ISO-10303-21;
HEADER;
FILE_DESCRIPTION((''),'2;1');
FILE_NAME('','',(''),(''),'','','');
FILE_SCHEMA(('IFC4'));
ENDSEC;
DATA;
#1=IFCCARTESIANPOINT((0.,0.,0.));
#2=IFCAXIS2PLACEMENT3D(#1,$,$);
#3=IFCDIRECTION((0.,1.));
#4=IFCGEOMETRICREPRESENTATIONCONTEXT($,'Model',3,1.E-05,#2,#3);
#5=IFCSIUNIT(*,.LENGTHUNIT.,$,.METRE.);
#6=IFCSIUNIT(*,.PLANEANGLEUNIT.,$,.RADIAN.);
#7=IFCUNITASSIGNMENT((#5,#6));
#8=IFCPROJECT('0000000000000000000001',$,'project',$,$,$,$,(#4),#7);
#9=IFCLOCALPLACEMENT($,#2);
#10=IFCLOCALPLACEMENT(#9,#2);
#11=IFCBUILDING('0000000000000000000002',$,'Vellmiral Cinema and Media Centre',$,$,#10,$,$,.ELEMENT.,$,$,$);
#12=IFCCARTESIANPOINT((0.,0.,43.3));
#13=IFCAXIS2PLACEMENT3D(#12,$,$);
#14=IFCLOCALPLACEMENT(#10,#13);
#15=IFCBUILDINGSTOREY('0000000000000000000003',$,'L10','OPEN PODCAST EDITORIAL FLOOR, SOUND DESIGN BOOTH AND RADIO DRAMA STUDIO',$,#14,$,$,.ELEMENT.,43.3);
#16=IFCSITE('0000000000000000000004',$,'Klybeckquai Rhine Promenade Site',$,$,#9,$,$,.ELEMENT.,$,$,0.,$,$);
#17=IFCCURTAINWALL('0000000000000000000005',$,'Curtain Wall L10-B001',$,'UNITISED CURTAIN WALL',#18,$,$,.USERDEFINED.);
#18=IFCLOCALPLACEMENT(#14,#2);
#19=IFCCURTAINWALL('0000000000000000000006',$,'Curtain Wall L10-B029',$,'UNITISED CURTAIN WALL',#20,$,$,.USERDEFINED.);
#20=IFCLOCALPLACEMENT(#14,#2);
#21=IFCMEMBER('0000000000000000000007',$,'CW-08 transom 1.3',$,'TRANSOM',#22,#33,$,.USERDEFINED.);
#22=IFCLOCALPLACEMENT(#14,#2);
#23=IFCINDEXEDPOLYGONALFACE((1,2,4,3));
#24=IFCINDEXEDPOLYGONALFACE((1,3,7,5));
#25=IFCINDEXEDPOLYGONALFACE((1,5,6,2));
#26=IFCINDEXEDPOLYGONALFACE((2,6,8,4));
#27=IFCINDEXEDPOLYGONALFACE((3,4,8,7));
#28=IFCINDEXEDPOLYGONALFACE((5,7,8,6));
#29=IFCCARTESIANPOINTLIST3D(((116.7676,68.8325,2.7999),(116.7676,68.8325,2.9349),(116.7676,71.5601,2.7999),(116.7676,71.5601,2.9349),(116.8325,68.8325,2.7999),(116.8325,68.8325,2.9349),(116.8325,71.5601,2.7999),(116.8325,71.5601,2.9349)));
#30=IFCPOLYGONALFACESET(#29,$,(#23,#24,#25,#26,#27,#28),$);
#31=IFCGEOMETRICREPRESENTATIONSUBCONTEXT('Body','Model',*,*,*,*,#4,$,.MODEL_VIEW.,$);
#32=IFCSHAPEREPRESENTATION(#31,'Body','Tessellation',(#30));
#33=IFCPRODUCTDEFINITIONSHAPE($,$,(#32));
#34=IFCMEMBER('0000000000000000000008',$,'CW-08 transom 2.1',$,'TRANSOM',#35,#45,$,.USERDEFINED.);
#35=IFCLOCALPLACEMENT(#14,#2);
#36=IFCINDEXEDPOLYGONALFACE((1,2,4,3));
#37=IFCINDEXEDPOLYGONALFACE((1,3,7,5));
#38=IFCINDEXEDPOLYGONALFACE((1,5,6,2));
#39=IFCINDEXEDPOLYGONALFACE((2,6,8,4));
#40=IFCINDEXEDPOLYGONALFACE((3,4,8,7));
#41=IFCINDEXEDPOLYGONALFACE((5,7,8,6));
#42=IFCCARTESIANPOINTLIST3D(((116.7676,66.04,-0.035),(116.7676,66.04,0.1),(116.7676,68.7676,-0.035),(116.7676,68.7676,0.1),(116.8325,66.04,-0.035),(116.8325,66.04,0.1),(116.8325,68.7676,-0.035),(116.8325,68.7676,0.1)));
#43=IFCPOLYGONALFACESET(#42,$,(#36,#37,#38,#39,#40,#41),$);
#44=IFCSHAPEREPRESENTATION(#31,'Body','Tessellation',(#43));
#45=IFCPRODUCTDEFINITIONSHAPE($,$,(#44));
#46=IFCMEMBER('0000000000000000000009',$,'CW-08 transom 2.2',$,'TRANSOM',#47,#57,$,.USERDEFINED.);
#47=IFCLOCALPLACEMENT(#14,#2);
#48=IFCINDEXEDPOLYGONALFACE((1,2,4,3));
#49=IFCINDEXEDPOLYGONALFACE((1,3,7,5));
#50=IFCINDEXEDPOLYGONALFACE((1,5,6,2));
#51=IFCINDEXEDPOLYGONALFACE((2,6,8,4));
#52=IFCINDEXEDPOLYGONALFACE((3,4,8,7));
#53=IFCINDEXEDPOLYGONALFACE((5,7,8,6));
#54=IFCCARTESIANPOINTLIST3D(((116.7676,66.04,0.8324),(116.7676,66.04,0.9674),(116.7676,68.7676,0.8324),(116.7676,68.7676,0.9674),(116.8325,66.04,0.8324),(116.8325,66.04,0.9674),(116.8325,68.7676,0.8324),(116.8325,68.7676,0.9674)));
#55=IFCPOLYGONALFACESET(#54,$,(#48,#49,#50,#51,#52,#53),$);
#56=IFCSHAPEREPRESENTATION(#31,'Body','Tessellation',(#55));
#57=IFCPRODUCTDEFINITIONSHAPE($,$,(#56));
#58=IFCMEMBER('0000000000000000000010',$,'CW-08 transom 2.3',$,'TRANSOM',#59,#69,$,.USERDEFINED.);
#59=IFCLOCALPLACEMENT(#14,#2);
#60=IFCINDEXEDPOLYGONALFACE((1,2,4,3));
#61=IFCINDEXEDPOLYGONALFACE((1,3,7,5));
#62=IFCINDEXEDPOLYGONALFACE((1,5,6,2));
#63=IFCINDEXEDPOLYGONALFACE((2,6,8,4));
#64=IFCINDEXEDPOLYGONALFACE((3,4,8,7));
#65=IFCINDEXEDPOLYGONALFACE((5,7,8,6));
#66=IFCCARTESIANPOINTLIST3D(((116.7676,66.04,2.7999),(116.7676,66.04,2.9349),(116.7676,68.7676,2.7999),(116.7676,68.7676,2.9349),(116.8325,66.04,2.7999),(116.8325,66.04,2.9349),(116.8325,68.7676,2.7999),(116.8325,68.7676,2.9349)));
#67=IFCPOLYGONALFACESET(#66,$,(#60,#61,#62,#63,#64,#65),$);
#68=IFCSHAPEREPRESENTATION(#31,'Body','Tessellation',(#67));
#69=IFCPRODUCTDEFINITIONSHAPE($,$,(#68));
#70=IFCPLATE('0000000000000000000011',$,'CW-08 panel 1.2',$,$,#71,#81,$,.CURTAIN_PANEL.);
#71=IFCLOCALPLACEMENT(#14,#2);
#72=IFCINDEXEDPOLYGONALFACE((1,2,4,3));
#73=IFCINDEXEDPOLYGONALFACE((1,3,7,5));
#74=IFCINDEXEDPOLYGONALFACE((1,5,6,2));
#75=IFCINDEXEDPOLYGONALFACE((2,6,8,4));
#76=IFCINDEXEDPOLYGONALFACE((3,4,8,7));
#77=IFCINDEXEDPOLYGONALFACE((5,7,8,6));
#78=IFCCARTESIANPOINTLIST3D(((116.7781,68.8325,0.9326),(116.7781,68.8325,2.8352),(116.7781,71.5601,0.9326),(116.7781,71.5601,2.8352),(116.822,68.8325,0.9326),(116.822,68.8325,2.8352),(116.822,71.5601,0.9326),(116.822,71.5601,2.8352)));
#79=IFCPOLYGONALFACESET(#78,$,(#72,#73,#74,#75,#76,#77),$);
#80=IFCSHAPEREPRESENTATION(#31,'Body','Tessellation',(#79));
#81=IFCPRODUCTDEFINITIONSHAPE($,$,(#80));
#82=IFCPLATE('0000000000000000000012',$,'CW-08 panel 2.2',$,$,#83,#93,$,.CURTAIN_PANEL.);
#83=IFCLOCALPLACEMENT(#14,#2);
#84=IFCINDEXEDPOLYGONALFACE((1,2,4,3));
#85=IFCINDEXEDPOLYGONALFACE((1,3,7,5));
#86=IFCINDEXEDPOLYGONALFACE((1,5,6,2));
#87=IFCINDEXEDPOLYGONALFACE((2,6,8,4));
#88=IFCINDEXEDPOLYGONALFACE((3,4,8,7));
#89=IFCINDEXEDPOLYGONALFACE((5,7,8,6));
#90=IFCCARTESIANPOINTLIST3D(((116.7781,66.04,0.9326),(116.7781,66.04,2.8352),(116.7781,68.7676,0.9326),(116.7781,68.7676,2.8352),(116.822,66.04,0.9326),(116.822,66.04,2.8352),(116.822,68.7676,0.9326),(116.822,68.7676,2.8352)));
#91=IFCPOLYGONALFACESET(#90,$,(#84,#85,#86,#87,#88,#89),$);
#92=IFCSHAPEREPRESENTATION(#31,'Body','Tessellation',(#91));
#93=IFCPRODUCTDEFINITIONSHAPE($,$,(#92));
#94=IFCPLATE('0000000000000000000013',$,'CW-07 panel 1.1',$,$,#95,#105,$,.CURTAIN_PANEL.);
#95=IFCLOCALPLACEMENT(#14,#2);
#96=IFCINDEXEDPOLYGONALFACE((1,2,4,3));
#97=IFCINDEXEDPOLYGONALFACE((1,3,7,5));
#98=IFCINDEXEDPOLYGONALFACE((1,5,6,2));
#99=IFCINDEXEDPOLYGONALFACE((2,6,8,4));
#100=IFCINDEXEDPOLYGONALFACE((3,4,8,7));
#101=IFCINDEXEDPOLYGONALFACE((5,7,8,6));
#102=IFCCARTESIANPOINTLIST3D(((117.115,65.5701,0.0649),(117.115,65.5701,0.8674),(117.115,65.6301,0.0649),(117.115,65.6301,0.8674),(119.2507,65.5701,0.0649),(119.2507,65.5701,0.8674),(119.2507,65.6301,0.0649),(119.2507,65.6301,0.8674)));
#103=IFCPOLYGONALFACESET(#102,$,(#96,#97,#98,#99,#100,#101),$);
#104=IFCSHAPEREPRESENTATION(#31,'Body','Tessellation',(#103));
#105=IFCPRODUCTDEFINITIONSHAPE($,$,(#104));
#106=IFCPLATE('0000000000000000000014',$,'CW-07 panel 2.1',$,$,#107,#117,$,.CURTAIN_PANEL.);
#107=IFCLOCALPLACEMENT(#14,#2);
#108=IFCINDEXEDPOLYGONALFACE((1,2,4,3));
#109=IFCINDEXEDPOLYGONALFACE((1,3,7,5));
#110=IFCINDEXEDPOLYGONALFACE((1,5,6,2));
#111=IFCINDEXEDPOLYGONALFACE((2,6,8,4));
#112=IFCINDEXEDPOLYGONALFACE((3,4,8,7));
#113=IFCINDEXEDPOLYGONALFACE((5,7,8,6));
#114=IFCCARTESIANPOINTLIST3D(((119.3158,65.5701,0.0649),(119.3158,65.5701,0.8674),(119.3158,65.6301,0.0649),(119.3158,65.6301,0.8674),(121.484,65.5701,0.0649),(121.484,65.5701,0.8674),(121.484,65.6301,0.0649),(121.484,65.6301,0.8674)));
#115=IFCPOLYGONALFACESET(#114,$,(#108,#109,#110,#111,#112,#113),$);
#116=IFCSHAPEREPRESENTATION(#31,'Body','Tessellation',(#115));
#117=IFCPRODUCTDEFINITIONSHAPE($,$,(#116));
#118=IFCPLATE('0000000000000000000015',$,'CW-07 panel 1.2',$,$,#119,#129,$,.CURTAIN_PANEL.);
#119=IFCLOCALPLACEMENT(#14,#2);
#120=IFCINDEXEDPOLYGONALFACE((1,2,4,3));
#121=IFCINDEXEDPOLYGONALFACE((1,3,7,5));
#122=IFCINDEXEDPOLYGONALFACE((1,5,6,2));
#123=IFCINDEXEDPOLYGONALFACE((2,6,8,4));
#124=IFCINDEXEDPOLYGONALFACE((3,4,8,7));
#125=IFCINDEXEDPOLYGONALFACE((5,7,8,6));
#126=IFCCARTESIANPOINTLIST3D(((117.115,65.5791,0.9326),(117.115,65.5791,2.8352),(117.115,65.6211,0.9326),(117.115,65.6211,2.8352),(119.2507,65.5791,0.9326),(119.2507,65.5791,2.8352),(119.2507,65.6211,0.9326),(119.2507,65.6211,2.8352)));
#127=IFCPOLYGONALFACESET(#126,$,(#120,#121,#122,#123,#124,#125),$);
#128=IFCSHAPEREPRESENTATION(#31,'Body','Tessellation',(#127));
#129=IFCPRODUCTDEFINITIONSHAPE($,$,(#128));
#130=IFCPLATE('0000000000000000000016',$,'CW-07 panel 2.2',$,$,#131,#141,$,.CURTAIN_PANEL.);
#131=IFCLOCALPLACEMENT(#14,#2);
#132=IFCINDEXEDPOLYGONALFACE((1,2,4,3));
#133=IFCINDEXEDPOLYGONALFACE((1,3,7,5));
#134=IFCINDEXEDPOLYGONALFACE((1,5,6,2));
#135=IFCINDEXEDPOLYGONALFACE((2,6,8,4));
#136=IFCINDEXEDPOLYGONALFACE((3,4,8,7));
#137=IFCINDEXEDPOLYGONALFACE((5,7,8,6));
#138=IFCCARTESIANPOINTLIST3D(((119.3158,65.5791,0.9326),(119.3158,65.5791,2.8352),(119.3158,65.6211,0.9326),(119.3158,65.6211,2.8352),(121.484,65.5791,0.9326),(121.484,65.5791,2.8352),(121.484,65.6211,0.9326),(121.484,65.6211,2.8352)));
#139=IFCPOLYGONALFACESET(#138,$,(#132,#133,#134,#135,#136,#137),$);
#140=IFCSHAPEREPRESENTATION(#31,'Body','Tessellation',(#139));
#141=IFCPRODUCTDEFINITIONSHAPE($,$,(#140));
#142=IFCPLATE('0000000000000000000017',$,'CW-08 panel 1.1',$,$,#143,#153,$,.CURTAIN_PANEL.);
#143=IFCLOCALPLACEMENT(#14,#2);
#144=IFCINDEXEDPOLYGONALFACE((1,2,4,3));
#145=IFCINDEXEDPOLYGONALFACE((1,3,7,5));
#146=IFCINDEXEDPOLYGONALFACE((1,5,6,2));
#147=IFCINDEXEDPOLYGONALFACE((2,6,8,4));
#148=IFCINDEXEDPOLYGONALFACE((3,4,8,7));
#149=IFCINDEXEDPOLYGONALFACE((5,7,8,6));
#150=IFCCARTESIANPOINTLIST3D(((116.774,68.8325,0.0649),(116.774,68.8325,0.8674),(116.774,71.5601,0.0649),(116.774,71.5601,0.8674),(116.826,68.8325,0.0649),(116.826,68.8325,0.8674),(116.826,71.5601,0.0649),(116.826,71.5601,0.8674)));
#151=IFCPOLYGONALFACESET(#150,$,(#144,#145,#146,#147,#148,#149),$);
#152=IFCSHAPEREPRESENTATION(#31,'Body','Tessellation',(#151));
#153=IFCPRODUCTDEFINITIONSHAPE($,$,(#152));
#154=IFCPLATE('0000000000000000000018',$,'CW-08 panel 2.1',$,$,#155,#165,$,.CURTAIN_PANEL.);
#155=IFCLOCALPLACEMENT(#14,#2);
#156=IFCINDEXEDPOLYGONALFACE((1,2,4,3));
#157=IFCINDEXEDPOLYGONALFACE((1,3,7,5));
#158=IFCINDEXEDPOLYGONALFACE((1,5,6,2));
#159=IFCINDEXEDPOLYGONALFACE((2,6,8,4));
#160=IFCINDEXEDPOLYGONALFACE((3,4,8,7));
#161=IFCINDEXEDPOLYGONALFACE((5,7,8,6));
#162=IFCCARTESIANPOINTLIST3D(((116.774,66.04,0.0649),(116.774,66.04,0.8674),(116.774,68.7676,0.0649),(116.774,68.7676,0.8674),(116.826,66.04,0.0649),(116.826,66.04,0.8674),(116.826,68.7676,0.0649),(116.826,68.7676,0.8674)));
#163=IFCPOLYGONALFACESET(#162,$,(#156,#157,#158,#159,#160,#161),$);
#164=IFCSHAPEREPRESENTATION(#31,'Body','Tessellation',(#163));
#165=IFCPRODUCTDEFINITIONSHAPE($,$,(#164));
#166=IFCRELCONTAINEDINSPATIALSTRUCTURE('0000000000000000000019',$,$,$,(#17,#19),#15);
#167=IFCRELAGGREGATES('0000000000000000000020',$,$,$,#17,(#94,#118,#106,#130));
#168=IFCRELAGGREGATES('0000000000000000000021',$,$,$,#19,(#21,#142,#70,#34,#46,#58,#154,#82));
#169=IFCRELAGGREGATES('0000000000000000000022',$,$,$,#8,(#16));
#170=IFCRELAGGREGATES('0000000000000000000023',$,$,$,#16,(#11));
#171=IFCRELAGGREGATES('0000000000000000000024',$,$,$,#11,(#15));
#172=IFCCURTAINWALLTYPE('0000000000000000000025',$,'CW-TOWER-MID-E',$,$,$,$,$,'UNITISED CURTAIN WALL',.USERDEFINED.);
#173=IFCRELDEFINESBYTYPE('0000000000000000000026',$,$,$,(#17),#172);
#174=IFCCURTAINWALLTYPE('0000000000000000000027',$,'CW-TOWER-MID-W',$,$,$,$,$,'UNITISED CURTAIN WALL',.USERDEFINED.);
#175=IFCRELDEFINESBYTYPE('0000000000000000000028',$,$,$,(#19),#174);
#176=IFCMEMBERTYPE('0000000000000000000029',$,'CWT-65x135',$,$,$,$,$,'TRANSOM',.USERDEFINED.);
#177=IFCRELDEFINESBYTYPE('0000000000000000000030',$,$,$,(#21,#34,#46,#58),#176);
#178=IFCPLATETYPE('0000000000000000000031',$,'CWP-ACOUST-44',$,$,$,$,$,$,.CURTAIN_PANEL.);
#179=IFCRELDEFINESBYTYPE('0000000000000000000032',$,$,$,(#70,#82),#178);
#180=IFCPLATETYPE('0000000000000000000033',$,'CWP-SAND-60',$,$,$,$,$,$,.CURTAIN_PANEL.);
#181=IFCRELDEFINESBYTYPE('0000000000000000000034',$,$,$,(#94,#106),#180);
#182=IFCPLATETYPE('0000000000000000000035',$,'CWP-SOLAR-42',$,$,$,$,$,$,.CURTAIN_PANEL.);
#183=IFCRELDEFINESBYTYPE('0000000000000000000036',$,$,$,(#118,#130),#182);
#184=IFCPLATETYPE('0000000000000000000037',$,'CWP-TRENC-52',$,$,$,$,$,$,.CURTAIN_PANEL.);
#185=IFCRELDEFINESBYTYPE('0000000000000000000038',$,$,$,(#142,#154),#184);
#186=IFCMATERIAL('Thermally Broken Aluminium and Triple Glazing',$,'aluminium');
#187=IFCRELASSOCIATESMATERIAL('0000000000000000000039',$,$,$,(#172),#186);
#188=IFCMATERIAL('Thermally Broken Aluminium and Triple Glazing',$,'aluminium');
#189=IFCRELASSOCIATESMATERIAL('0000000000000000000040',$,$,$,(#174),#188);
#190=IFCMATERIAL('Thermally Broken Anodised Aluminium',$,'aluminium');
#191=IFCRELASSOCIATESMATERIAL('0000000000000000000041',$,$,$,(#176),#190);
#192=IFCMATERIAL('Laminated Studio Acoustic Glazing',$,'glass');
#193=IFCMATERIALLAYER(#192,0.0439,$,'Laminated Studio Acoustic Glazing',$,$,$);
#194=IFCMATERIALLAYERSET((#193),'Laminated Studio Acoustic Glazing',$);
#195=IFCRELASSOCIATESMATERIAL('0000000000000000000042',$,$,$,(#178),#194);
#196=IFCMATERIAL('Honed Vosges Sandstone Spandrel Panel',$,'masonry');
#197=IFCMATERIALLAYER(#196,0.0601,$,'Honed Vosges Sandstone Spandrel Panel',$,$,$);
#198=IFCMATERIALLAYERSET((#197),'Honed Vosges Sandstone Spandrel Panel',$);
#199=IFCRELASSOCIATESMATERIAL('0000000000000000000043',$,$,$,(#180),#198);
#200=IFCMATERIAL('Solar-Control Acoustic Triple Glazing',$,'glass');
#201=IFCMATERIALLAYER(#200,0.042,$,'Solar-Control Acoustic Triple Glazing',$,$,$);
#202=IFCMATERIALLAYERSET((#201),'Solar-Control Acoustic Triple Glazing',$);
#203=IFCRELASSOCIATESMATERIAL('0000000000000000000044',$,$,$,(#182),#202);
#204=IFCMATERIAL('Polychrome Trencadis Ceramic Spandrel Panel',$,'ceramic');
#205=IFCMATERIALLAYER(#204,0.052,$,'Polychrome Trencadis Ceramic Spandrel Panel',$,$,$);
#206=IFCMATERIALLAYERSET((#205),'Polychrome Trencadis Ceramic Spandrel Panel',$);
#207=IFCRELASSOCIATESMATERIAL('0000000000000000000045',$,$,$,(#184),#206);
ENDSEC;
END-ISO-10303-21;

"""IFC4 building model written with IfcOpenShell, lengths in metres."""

from ifc_helpers import new_model, si_unit, direction, frame, origin, origin_2d, place, context, subcontext, project, spatial, rectangle, extrude, material, layer, layer_set, material_profile, profile_set, type_object, element, aggregate, save


model = new_model("IFC4")

# Units and contexts
model_context = context("Model", 3, precision=1e-05, world=origin(), true_north=direction((0.0, 1.0)))
body_context = subcontext(model_context, "Body", "Model", "MODEL_VIEW")
ifc_project = project(units=[si_unit("LENGTHUNIT", "METRE"), si_unit("PLANEANGLEUNIT", "RADIAN")], contexts=[model_context])

# Site, building, storey
site_placement = place(None, origin())
site = spatial("IfcSite", under=ifc_project, at=site_placement, Name="Klybeckquai Rhine Promenade Site", CompositionType="ELEMENT", RefElevation=0.0)
building_placement = place(site_placement, origin())
building = spatial("IfcBuilding", under=site, at=building_placement, Name="Vellmiral Cinema and Media Centre", CompositionType="ELEMENT")
storey_placement = place(building_placement, frame((0.0, 0.0, 43.3)))
storey = spatial("IfcBuildingStorey", under=building, at=storey_placement, Name="L10", Description="OPEN PODCAST EDITORIAL FLOOR, SOUND DESIGN BOOTH AND RADIO DRAMA STUDIO", CompositionType="ELEMENT", Elevation=43.3)

# Curtain walls
ifc_material_1 = material(Name="Thermally Broken Aluminium and Triple Glazing", Category="aluminium")
curtain_wall_type_1 = type_object("IfcCurtainWallType", Name="CW-TOWER-MID-E", ElementType="UNITISED CURTAIN WALL", PredefinedType="USERDEFINED", material=ifc_material_1)
curtain_wall_1_placement = place(storey_placement, origin())
curtain_wall_1 = element("IfcCurtainWall", 1, at=curtain_wall_1_placement, inside=storey, type_object=curtain_wall_type_1, Name="Curtain Wall L10-B001", ObjectType="UNITISED CURTAIN WALL", PredefinedType="USERDEFINED")
ifc_material_2 = material(Name="Thermally Broken Aluminium and Triple Glazing", Category="aluminium")
curtain_wall_type_2 = type_object("IfcCurtainWallType", Name="CW-TOWER-MID-W", ElementType="UNITISED CURTAIN WALL", PredefinedType="USERDEFINED", material=ifc_material_2)
curtain_wall_2_placement = place(storey_placement, origin())
curtain_wall_2 = element("IfcCurtainWall", 2, at=curtain_wall_2_placement, inside=storey, type_object=curtain_wall_type_2, Name="Curtain Wall L10-B029", ObjectType="UNITISED CURTAIN WALL", PredefinedType="USERDEFINED")

# Members
ifc_material_3 = material(Name="Thermally Broken Anodised Aluminium", Category="aluminium")
ifc_material_profile_1 = material_profile(ifc_material_3, rectangle(XDim=0.0649, YDim=0.135, at=origin_2d()), Name="MULL 65x135")
ifc_profile_set_1 = profile_set([ifc_material_profile_1], Name="Thermally Broken Anodised Aluminium")
member_type_1 = type_object("IfcMemberType", Name="CWT-65x135", ElementType="TRANSOM", PredefinedType="USERDEFINED", material=ifc_profile_set_1)
member_1_placement = place(storey_placement, frame((116.8, 71.5601, 2.8674), z_axis=(0.0, -1.0, 0.0), x_axis=(1.0, 0.0, 0.0)))
member_1 = element("IfcMember", 3, at=member_1_placement, type_object=member_type_1, Name="CW-08 transom 1.3", ObjectType="TRANSOM", PredefinedType="USERDEFINED", context=body_context, shape_type="SweptSolid", body=[
    extrude(rectangle(XDim=0.0649, YDim=0.135, at=origin_2d()), origin(), (0.0, 0.0, 1.0), 2.7275),
])
member_2_placement = place(storey_placement, frame((116.8, 68.7676, 0.0325), z_axis=(0.0, -1.0, 0.0), x_axis=(1.0, 0.0, 0.0)))
member_2 = element("IfcMember", 4, at=member_2_placement, type_object=member_type_1, Name="CW-08 transom 2.1", ObjectType="TRANSOM", PredefinedType="USERDEFINED", context=body_context, shape_type="SweptSolid", body=[
    extrude(rectangle(XDim=0.0649, YDim=0.135, at=origin_2d()), origin(), (0.0, 0.0, 1.0), 2.7275),
])
member_3_placement = place(storey_placement, frame((116.8, 68.7676, 0.8999), z_axis=(0.0, -1.0, 0.0), x_axis=(1.0, 0.0, 0.0)))
member_3 = element("IfcMember", 5, at=member_3_placement, type_object=member_type_1, Name="CW-08 transom 2.2", ObjectType="TRANSOM", PredefinedType="USERDEFINED", context=body_context, shape_type="SweptSolid", body=[
    extrude(rectangle(XDim=0.0649, YDim=0.135, at=origin_2d()), origin(), (0.0, 0.0, 1.0), 2.7275),
])
member_4_placement = place(storey_placement, frame((116.8, 68.7676, 2.8674), z_axis=(0.0, -1.0, 0.0), x_axis=(1.0, 0.0, 0.0)))
member_4 = element("IfcMember", 6, at=member_4_placement, type_object=member_type_1, Name="CW-08 transom 2.3", ObjectType="TRANSOM", PredefinedType="USERDEFINED", context=body_context, shape_type="SweptSolid", body=[
    extrude(rectangle(XDim=0.0649, YDim=0.135, at=origin_2d()), origin(), (0.0, 0.0, 1.0), 2.7275),
])

# Plates
ifc_material_4 = material(Name="Laminated Studio Acoustic Glazing", Category="glass")
ifc_layer_1 = layer(ifc_material_4, 0.0439, Name="Laminated Studio Acoustic Glazing")
ifc_layer_set_1 = layer_set([ifc_layer_1], Name="Laminated Studio Acoustic Glazing")
plate_type_1 = type_object("IfcPlateType", Name="CWP-ACOUST-44", PredefinedType="CURTAIN_PANEL", material=ifc_layer_set_1)
plate_1_placement = place(storey_placement, frame((116.8, 70.1963, 0.9326), z_axis=(0.0, 0.0, 1.0), x_axis=(0.0, -1.0, 0.0)))
plate_1 = element("IfcPlate", 7, at=plate_1_placement, type_object=plate_type_1, Name="CW-08 panel 1.2", PredefinedType="CURTAIN_PANEL", context=body_context, shape_type="SweptSolid", body=[
    extrude(rectangle(XDim=2.7275, YDim=0.0439, at=origin_2d()), origin(), (0.0, 0.0, 1.0), 1.9026),
])
plate_2_placement = place(storey_placement, frame((116.8, 67.4038, 0.9326), z_axis=(0.0, 0.0, 1.0), x_axis=(0.0, -1.0, 0.0)))
plate_2 = element("IfcPlate", 8, at=plate_2_placement, type_object=plate_type_1, Name="CW-08 panel 2.2", PredefinedType="CURTAIN_PANEL", context=body_context, shape_type="SweptSolid", body=[
    extrude(rectangle(XDim=2.7275, YDim=0.0439, at=origin_2d()), origin(), (0.0, 0.0, 1.0), 1.9026),
])
ifc_material_5 = material(Name="Honed Vosges Sandstone Spandrel Panel", Category="masonry")
ifc_layer_2 = layer(ifc_material_5, 0.0601, Name="Honed Vosges Sandstone Spandrel Panel")
ifc_layer_set_2 = layer_set([ifc_layer_2], Name="Honed Vosges Sandstone Spandrel Panel")
plate_type_2 = type_object("IfcPlateType", Name="CWP-SAND-60", PredefinedType="CURTAIN_PANEL", material=ifc_layer_set_2)
plate_3_placement = place(storey_placement, frame((118.1829, 65.6001, 0.0649), z_axis=(0.0, 0.0, 1.0), x_axis=(1.0, 0.0, 0.0)))
plate_3 = element("IfcPlate", 9, at=plate_3_placement, type_object=plate_type_2, Name="CW-07 panel 1.1", PredefinedType="CURTAIN_PANEL", context=body_context, shape_type="SweptSolid", body=[
    extrude(rectangle(XDim=2.1357, YDim=0.0601, at=origin_2d()), origin(), (0.0, 0.0, 1.0), 0.8025),
])
plate_4_placement = place(storey_placement, frame((120.3999, 65.6001, 0.0649), z_axis=(0.0, 0.0, 1.0), x_axis=(1.0, 0.0, 0.0)))
plate_4 = element("IfcPlate", 10, at=plate_4_placement, type_object=plate_type_2, Name="CW-07 panel 2.1", PredefinedType="CURTAIN_PANEL", context=body_context, shape_type="SweptSolid", body=[
    extrude(rectangle(XDim=2.1682, YDim=0.0601, at=origin_2d()), origin(), (0.0, 0.0, 1.0), 0.8025),
])
ifc_material_6 = material(Name="Solar-Control Acoustic Triple Glazing", Category="glass")
ifc_layer_3 = layer(ifc_material_6, 0.042, Name="Solar-Control Acoustic Triple Glazing")
ifc_layer_set_3 = layer_set([ifc_layer_3], Name="Solar-Control Acoustic Triple Glazing")
plate_type_3 = type_object("IfcPlateType", Name="CWP-SOLAR-42", PredefinedType="CURTAIN_PANEL", material=ifc_layer_set_3)
plate_5_placement = place(storey_placement, frame((118.1829, 65.6001, 0.9326), z_axis=(0.0, 0.0, 1.0), x_axis=(1.0, 0.0, 0.0)))
plate_5 = element("IfcPlate", 11, at=plate_5_placement, type_object=plate_type_3, Name="CW-07 panel 1.2", PredefinedType="CURTAIN_PANEL", context=body_context, shape_type="SweptSolid", body=[
    extrude(rectangle(XDim=2.1357, YDim=0.042, at=origin_2d()), origin(), (0.0, 0.0, 1.0), 1.9026),
])
plate_6_placement = place(storey_placement, frame((120.3999, 65.6001, 0.9326), z_axis=(0.0, 0.0, 1.0), x_axis=(1.0, 0.0, 0.0)))
plate_6 = element("IfcPlate", 12, at=plate_6_placement, type_object=plate_type_3, Name="CW-07 panel 2.2", PredefinedType="CURTAIN_PANEL", context=body_context, shape_type="SweptSolid", body=[
    extrude(rectangle(XDim=2.1682, YDim=0.042, at=origin_2d()), origin(), (0.0, 0.0, 1.0), 1.9026),
])
aggregate(curtain_wall_1, [plate_3, plate_5, plate_4, plate_6])
ifc_material_7 = material(Name="Polychrome Trencadis Ceramic Spandrel Panel", Category="ceramic")
ifc_layer_4 = layer(ifc_material_7, 0.052, Name="Polychrome Trencadis Ceramic Spandrel Panel")
ifc_layer_set_4 = layer_set([ifc_layer_4], Name="Polychrome Trencadis Ceramic Spandrel Panel")
plate_type_4 = type_object("IfcPlateType", Name="CWP-TRENC-52", PredefinedType="CURTAIN_PANEL", material=ifc_layer_set_4)
plate_7_placement = place(storey_placement, frame((116.8, 70.1963, 0.0649), z_axis=(0.0, 0.0, 1.0), x_axis=(0.0, -1.0, 0.0)))
plate_7 = element("IfcPlate", 13, at=plate_7_placement, type_object=plate_type_4, Name="CW-08 panel 1.1", PredefinedType="CURTAIN_PANEL", context=body_context, shape_type="SweptSolid", body=[
    extrude(rectangle(XDim=2.7275, YDim=0.052, at=origin_2d()), origin(), (0.0, 0.0, 1.0), 0.8025),
])
plate_8_placement = place(storey_placement, frame((116.8, 67.4038, 0.0649), z_axis=(0.0, 0.0, 1.0), x_axis=(0.0, -1.0, 0.0)))
plate_8 = element("IfcPlate", 14, at=plate_8_placement, type_object=plate_type_4, Name="CW-08 panel 2.1", PredefinedType="CURTAIN_PANEL", context=body_context, shape_type="SweptSolid", body=[
    extrude(rectangle(XDim=2.7275, YDim=0.052, at=origin_2d()), origin(), (0.0, 0.0, 1.0), 0.8025),
])
aggregate(curtain_wall_2, [member_1, plate_7, plate_1, member_2, member_3, member_4, plate_8, plate_2])

save(model, "model.ifc")
